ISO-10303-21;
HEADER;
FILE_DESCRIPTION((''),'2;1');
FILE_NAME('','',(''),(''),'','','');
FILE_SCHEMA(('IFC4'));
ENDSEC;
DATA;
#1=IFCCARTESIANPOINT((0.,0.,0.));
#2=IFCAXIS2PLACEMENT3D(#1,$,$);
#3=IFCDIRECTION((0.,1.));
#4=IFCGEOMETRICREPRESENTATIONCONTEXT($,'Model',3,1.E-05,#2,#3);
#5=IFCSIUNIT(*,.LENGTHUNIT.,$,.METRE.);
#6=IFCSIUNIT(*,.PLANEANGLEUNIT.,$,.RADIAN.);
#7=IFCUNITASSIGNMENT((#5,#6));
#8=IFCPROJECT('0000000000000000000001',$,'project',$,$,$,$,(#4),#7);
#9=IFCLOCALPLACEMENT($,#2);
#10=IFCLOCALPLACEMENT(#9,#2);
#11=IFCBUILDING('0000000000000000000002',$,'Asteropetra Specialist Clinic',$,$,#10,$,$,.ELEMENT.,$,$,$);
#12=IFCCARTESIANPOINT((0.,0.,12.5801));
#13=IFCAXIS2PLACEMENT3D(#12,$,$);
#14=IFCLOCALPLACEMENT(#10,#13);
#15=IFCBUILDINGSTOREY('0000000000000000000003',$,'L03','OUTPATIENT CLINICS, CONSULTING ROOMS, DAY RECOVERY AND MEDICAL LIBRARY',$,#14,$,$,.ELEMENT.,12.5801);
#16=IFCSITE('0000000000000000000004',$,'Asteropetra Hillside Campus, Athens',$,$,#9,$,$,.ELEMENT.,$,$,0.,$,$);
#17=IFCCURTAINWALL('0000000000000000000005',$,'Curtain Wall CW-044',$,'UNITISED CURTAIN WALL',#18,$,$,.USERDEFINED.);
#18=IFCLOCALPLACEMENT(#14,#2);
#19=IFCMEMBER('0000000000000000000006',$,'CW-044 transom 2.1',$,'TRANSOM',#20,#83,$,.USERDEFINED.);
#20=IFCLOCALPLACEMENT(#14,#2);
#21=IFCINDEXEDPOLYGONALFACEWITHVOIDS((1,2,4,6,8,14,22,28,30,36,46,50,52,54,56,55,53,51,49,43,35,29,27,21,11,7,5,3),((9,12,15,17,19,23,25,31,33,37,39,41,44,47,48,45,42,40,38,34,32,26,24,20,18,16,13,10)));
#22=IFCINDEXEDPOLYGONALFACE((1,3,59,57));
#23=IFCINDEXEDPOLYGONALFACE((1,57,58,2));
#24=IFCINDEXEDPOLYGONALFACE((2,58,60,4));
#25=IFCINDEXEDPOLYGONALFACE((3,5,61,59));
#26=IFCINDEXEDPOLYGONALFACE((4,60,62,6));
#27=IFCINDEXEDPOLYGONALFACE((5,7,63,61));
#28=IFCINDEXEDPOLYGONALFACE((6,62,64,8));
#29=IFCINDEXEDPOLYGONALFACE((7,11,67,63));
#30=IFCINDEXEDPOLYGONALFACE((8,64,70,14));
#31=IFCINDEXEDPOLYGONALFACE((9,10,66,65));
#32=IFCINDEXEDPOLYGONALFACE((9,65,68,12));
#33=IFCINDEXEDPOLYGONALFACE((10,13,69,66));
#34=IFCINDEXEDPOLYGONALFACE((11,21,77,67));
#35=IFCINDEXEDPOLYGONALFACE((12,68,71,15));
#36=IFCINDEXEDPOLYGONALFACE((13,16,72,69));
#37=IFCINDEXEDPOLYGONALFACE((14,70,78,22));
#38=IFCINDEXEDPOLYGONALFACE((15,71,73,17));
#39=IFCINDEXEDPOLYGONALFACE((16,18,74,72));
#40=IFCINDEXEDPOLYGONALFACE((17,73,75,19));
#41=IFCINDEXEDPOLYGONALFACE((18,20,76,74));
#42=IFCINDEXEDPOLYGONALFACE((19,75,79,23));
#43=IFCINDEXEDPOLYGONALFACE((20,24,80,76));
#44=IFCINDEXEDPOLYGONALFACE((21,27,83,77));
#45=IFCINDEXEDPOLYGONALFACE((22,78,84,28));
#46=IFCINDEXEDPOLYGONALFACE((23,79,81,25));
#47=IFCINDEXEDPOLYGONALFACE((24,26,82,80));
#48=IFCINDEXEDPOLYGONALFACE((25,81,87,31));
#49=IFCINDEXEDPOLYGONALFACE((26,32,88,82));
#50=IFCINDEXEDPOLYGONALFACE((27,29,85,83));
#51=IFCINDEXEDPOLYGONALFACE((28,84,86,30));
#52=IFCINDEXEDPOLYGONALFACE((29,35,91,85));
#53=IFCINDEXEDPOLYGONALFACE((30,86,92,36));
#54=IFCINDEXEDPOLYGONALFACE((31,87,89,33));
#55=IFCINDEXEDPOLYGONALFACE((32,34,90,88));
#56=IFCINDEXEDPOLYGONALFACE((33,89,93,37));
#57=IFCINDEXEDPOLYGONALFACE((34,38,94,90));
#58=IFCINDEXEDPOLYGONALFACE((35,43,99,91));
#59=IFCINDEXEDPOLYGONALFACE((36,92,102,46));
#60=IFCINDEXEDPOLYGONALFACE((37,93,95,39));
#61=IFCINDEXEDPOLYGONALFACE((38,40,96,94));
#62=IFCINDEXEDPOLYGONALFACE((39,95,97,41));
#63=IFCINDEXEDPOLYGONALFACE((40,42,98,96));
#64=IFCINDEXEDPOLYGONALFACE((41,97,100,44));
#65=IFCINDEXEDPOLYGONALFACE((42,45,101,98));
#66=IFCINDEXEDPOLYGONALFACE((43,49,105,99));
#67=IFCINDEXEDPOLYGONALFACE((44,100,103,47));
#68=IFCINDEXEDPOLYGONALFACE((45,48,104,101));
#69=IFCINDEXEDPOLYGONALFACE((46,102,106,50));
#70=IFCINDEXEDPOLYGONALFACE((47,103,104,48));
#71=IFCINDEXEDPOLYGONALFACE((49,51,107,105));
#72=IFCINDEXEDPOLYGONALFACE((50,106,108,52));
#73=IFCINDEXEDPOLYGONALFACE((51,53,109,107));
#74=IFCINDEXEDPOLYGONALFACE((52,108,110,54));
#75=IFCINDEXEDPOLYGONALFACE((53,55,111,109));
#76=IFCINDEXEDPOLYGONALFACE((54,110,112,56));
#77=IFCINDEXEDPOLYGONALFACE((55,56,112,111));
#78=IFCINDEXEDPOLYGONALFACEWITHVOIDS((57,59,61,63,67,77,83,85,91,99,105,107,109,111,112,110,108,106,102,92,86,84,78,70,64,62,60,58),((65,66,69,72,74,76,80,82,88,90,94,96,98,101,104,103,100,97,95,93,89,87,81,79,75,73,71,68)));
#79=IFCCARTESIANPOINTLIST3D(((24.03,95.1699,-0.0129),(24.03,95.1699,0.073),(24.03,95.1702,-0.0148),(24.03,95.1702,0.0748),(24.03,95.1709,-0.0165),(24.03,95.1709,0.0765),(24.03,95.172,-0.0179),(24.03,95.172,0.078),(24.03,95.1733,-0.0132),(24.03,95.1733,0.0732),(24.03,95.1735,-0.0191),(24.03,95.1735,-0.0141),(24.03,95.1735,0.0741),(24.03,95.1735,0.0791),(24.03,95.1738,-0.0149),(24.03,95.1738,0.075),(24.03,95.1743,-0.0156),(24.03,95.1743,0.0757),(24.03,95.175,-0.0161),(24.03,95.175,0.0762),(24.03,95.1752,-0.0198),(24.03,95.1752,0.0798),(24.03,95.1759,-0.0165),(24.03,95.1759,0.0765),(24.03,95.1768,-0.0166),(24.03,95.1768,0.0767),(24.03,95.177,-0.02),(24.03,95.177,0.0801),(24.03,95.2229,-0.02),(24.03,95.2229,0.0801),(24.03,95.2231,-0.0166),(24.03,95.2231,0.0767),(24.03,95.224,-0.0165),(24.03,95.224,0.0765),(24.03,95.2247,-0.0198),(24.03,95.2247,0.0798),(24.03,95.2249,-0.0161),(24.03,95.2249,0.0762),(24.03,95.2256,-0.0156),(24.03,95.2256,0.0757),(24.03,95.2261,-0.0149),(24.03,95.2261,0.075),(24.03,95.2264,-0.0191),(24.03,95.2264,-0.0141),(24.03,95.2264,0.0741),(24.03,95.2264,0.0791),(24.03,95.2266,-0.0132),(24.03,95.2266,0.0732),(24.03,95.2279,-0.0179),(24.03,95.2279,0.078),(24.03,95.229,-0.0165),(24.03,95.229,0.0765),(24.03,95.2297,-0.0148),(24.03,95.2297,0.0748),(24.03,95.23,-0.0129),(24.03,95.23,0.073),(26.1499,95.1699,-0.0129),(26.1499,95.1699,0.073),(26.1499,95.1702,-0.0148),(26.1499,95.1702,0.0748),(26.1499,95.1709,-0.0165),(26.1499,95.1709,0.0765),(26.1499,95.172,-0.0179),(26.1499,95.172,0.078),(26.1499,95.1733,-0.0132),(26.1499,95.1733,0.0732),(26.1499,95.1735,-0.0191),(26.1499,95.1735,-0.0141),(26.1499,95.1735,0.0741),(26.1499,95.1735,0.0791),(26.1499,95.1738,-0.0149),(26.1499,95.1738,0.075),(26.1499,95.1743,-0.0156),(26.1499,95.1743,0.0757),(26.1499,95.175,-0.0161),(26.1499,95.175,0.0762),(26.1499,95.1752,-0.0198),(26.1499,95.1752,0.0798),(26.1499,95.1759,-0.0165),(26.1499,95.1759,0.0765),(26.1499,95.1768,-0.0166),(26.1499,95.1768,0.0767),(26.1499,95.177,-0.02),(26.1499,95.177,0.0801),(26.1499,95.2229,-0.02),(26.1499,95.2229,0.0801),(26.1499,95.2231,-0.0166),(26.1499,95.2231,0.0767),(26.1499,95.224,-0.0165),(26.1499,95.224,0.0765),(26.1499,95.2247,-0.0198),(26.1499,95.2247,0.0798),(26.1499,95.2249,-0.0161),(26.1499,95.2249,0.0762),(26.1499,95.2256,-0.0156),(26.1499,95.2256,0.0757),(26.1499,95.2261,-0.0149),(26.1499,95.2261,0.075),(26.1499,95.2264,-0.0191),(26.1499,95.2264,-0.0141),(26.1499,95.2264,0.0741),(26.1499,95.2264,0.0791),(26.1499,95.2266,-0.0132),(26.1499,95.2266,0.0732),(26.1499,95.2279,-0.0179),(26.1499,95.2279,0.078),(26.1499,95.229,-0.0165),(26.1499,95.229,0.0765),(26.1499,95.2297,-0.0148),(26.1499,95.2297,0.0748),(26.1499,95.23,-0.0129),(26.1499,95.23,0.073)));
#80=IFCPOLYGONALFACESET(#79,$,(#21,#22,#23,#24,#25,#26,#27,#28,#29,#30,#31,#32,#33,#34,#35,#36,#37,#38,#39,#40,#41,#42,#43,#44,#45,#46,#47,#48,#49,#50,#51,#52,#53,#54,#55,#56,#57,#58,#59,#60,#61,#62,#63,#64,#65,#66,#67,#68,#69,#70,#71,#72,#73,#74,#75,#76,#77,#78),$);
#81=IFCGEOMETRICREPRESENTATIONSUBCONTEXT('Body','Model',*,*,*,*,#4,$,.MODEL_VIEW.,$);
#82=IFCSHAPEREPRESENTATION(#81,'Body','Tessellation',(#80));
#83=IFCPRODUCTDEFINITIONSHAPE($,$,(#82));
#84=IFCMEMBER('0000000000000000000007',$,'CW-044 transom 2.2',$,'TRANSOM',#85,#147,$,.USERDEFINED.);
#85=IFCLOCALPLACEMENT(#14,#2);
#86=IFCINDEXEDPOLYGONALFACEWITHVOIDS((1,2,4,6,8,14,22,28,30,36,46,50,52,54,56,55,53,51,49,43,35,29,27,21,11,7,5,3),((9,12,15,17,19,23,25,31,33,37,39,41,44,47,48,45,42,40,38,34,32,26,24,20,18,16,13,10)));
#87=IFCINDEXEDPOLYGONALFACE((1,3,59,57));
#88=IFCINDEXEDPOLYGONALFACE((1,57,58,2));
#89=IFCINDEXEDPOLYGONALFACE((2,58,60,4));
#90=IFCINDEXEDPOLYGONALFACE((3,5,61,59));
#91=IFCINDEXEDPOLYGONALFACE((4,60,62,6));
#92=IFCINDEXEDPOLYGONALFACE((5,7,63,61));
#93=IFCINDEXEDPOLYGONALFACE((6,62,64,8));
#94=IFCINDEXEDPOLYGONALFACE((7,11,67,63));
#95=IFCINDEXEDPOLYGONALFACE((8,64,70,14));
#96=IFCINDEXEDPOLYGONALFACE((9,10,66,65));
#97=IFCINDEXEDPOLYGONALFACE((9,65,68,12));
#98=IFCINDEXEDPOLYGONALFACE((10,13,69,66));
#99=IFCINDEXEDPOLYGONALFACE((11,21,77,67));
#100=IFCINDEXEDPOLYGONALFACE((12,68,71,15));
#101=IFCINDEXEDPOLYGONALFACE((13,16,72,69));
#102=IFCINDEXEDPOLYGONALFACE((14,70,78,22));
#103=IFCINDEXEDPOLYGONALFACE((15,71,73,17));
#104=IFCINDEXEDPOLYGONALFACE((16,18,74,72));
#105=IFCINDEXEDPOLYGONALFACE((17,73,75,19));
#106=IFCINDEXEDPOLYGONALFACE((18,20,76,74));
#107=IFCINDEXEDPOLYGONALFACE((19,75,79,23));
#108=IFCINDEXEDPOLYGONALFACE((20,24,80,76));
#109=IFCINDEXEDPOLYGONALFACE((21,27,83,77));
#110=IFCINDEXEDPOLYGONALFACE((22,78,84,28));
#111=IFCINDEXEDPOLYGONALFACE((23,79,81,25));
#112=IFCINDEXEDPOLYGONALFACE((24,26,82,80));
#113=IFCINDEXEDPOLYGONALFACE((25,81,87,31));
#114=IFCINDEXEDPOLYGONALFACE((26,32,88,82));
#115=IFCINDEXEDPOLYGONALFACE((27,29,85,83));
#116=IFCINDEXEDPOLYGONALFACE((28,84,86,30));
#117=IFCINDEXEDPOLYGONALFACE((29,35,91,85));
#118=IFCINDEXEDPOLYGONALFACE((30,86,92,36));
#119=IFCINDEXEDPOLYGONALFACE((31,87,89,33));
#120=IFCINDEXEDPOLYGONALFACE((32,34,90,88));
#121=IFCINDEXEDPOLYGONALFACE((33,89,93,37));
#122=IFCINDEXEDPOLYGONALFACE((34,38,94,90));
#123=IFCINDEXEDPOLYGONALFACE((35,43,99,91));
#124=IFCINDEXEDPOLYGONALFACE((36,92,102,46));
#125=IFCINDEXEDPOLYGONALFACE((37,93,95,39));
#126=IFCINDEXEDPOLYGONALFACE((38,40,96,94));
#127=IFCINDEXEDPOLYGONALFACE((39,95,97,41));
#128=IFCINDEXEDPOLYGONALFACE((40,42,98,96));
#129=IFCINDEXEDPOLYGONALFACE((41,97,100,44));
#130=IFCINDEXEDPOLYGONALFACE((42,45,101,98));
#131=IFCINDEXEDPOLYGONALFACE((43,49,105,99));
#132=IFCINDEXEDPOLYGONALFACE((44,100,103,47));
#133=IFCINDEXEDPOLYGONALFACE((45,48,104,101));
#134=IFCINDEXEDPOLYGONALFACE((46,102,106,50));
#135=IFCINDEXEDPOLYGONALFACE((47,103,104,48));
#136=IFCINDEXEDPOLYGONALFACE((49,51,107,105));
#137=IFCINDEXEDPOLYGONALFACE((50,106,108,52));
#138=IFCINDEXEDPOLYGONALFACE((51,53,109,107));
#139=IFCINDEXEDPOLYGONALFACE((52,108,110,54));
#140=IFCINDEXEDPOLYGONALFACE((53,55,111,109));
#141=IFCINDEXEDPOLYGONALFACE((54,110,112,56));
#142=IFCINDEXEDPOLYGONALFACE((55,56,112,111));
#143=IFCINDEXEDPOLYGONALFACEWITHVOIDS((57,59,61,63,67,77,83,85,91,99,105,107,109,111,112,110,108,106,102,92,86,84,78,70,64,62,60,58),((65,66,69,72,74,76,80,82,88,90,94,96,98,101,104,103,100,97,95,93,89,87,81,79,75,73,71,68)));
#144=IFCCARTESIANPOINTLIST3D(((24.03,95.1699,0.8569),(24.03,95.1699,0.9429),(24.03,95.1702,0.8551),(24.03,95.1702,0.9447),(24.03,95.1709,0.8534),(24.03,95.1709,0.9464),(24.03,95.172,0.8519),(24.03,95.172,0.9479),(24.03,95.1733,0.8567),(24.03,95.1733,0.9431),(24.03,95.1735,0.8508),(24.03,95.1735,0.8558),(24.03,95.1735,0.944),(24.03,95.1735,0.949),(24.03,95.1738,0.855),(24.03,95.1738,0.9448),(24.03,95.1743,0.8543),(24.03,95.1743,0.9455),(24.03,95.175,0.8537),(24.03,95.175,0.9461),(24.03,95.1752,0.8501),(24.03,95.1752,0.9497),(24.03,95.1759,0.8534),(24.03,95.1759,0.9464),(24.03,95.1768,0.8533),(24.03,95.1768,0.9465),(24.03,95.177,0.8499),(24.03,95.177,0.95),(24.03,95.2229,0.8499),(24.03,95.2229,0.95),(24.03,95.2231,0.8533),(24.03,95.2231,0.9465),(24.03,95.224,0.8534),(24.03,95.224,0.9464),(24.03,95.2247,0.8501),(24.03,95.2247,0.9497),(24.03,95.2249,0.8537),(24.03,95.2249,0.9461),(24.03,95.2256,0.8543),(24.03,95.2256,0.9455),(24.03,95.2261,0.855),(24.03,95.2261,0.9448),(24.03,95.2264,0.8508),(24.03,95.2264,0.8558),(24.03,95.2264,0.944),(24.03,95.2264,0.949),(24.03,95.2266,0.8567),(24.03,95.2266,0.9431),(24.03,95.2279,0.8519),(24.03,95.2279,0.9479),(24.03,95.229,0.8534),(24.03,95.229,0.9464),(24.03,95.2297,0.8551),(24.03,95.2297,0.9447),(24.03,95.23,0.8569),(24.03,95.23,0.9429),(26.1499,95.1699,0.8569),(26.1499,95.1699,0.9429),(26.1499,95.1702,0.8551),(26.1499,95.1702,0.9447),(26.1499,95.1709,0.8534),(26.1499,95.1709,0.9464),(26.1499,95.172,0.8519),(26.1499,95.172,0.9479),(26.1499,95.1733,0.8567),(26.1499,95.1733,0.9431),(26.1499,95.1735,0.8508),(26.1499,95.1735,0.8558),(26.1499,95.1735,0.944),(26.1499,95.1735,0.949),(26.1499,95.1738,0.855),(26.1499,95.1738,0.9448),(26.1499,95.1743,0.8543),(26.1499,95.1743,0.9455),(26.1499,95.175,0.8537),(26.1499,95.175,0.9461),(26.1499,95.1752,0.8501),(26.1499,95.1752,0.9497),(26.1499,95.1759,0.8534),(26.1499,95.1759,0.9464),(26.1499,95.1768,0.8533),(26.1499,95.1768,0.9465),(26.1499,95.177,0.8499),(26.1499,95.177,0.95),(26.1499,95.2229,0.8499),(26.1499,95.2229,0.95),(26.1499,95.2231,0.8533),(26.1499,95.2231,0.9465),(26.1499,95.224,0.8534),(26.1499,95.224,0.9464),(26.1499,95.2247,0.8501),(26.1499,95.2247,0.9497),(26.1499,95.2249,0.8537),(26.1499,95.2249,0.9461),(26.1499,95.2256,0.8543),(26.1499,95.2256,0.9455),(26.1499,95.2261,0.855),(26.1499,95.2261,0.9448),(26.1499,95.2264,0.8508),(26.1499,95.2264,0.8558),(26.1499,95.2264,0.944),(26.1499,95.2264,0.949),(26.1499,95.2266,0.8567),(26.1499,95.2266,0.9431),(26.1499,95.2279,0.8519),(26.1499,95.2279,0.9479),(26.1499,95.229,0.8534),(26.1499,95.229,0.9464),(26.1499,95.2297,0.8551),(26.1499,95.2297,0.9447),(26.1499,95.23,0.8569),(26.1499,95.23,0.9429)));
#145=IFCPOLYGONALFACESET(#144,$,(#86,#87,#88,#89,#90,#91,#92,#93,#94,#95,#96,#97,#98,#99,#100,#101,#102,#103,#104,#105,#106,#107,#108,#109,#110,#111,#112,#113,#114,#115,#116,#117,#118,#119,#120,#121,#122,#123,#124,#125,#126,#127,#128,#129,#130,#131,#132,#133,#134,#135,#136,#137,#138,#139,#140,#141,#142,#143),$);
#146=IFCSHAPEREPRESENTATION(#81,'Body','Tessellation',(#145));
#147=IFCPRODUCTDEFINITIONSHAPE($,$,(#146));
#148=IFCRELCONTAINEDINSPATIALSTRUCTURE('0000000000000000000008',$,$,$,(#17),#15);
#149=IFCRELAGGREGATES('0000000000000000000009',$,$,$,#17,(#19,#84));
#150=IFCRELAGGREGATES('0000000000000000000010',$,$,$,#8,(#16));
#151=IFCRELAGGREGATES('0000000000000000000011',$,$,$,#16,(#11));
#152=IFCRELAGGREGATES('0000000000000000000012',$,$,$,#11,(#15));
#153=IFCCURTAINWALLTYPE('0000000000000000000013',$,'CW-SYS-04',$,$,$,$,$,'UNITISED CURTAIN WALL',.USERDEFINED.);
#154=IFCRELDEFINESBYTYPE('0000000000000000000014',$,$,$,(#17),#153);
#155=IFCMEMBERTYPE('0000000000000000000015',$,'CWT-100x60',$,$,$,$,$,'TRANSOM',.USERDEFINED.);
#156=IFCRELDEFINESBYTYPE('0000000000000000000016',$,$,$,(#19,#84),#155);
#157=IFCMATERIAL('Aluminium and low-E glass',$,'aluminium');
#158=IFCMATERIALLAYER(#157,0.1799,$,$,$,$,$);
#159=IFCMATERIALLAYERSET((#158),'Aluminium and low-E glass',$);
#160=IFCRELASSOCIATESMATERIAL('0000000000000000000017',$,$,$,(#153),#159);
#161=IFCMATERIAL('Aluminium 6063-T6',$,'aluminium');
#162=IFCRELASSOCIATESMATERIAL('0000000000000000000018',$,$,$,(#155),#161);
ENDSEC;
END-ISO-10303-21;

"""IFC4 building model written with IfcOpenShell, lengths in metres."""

from ifc_helpers import new_model, si_unit, direction, frame, origin, origin_2d, place, context, subcontext, project, spatial, hollow_rectangle, extrude, material, layer, layer_set, material_profile, profile_set, type_object, element, aggregate, save


model = new_model("IFC4")

# Units and contexts
model_context = context("Model", 3, precision=1e-05, world=origin(), true_north=direction((0.0, 1.0)))
body_context = subcontext(model_context, "Body", "Model", "MODEL_VIEW")
ifc_project = project(units=[si_unit("LENGTHUNIT", "METRE"), si_unit("PLANEANGLEUNIT", "RADIAN")], contexts=[model_context])

# Site, building, storey
site_placement = place(None, origin())
site = spatial("IfcSite", under=ifc_project, at=site_placement, Name="Asteropetra Hillside Campus, Athens", CompositionType="ELEMENT", RefElevation=0.0)
building_placement = place(site_placement, origin())
building = spatial("IfcBuilding", under=site, at=building_placement, Name="Asteropetra Specialist Clinic", CompositionType="ELEMENT")
storey_placement = place(building_placement, frame((0.0, 0.0, 12.5801)))
storey = spatial("IfcBuildingStorey", under=building, at=storey_placement, Name="L03", Description="OUTPATIENT CLINICS, CONSULTING ROOMS, DAY RECOVERY AND MEDICAL LIBRARY", CompositionType="ELEMENT", Elevation=12.5801)

# Curtain wall
ifc_material_1 = material(Name="Aluminium and low-E glass", Category="aluminium")
ifc_layer_1 = layer(ifc_material_1, 0.1799)
ifc_layer_set_1 = layer_set([ifc_layer_1], Name="Aluminium and low-E glass")
curtain_wall_type_1 = type_object("IfcCurtainWallType", Name="CW-SYS-04", ElementType="UNITISED CURTAIN WALL", PredefinedType="USERDEFINED", material=ifc_layer_set_1)
curtain_wall_1_placement = place(storey_placement, origin())
curtain_wall_1 = element("IfcCurtainWall", 1, at=curtain_wall_1_placement, inside=storey, type_object=curtain_wall_type_1, Name="Curtain Wall CW-044", ObjectType="UNITISED CURTAIN WALL", PredefinedType="USERDEFINED")

# Members
ifc_material_2 = material(Name="Aluminium 6063-T6", Category="aluminium")
ifc_material_profile_1 = material_profile(ifc_material_2, hollow_rectangle(XDim=0.0601, YDim=0.1001, WallThickness=0.0034, InnerFilletRadius=0.0034, OuterFilletRadius=0.0071, at=origin_2d()), Name="TRN 100x60x3.5")
ifc_profile_set_1 = profile_set([ifc_material_profile_1], Name="Aluminium 6063-T6")
member_type_1 = type_object("IfcMemberType", Name="CWT-100x60", ElementType="TRANSOM", PredefinedType="USERDEFINED", material=ifc_profile_set_1)
member_1_placement = place(storey_placement, frame((26.1499, 95.2, 0.03), z_axis=(-1.0, 0.0, 0.0), x_axis=(0.0, -1.0, 0.0)))
member_1 = element("IfcMember", 2, at=member_1_placement, type_object=member_type_1, Name="CW-044 transom 2.1", ObjectType="TRANSOM", PredefinedType="USERDEFINED", context=body_context, shape_type="SweptSolid", body=[
    extrude(hollow_rectangle(XDim=0.0601, YDim=0.1001, WallThickness=0.0034, InnerFilletRadius=0.0034, OuterFilletRadius=0.0071, at=origin_2d()), origin(), (0.0, 0.0, 1.0), 2.1199),
])
member_2_placement = place(storey_placement, frame((26.1499, 95.2, 0.8999), z_axis=(-1.0, 0.0, 0.0), x_axis=(0.0, -1.0, 0.0)))
member_2 = element("IfcMember", 3, at=member_2_placement, type_object=member_type_1, Name="CW-044 transom 2.2", ObjectType="TRANSOM", PredefinedType="USERDEFINED", context=body_context, shape_type="SweptSolid", body=[
    extrude(hollow_rectangle(XDim=0.0601, YDim=0.1001, WallThickness=0.0034, InnerFilletRadius=0.0034, OuterFilletRadius=0.0071, at=origin_2d()), origin(), (0.0, 0.0, 1.0), 2.1199),
])

aggregate(curtain_wall_1, [member_1, member_2])

save(model, "model.ifc")
